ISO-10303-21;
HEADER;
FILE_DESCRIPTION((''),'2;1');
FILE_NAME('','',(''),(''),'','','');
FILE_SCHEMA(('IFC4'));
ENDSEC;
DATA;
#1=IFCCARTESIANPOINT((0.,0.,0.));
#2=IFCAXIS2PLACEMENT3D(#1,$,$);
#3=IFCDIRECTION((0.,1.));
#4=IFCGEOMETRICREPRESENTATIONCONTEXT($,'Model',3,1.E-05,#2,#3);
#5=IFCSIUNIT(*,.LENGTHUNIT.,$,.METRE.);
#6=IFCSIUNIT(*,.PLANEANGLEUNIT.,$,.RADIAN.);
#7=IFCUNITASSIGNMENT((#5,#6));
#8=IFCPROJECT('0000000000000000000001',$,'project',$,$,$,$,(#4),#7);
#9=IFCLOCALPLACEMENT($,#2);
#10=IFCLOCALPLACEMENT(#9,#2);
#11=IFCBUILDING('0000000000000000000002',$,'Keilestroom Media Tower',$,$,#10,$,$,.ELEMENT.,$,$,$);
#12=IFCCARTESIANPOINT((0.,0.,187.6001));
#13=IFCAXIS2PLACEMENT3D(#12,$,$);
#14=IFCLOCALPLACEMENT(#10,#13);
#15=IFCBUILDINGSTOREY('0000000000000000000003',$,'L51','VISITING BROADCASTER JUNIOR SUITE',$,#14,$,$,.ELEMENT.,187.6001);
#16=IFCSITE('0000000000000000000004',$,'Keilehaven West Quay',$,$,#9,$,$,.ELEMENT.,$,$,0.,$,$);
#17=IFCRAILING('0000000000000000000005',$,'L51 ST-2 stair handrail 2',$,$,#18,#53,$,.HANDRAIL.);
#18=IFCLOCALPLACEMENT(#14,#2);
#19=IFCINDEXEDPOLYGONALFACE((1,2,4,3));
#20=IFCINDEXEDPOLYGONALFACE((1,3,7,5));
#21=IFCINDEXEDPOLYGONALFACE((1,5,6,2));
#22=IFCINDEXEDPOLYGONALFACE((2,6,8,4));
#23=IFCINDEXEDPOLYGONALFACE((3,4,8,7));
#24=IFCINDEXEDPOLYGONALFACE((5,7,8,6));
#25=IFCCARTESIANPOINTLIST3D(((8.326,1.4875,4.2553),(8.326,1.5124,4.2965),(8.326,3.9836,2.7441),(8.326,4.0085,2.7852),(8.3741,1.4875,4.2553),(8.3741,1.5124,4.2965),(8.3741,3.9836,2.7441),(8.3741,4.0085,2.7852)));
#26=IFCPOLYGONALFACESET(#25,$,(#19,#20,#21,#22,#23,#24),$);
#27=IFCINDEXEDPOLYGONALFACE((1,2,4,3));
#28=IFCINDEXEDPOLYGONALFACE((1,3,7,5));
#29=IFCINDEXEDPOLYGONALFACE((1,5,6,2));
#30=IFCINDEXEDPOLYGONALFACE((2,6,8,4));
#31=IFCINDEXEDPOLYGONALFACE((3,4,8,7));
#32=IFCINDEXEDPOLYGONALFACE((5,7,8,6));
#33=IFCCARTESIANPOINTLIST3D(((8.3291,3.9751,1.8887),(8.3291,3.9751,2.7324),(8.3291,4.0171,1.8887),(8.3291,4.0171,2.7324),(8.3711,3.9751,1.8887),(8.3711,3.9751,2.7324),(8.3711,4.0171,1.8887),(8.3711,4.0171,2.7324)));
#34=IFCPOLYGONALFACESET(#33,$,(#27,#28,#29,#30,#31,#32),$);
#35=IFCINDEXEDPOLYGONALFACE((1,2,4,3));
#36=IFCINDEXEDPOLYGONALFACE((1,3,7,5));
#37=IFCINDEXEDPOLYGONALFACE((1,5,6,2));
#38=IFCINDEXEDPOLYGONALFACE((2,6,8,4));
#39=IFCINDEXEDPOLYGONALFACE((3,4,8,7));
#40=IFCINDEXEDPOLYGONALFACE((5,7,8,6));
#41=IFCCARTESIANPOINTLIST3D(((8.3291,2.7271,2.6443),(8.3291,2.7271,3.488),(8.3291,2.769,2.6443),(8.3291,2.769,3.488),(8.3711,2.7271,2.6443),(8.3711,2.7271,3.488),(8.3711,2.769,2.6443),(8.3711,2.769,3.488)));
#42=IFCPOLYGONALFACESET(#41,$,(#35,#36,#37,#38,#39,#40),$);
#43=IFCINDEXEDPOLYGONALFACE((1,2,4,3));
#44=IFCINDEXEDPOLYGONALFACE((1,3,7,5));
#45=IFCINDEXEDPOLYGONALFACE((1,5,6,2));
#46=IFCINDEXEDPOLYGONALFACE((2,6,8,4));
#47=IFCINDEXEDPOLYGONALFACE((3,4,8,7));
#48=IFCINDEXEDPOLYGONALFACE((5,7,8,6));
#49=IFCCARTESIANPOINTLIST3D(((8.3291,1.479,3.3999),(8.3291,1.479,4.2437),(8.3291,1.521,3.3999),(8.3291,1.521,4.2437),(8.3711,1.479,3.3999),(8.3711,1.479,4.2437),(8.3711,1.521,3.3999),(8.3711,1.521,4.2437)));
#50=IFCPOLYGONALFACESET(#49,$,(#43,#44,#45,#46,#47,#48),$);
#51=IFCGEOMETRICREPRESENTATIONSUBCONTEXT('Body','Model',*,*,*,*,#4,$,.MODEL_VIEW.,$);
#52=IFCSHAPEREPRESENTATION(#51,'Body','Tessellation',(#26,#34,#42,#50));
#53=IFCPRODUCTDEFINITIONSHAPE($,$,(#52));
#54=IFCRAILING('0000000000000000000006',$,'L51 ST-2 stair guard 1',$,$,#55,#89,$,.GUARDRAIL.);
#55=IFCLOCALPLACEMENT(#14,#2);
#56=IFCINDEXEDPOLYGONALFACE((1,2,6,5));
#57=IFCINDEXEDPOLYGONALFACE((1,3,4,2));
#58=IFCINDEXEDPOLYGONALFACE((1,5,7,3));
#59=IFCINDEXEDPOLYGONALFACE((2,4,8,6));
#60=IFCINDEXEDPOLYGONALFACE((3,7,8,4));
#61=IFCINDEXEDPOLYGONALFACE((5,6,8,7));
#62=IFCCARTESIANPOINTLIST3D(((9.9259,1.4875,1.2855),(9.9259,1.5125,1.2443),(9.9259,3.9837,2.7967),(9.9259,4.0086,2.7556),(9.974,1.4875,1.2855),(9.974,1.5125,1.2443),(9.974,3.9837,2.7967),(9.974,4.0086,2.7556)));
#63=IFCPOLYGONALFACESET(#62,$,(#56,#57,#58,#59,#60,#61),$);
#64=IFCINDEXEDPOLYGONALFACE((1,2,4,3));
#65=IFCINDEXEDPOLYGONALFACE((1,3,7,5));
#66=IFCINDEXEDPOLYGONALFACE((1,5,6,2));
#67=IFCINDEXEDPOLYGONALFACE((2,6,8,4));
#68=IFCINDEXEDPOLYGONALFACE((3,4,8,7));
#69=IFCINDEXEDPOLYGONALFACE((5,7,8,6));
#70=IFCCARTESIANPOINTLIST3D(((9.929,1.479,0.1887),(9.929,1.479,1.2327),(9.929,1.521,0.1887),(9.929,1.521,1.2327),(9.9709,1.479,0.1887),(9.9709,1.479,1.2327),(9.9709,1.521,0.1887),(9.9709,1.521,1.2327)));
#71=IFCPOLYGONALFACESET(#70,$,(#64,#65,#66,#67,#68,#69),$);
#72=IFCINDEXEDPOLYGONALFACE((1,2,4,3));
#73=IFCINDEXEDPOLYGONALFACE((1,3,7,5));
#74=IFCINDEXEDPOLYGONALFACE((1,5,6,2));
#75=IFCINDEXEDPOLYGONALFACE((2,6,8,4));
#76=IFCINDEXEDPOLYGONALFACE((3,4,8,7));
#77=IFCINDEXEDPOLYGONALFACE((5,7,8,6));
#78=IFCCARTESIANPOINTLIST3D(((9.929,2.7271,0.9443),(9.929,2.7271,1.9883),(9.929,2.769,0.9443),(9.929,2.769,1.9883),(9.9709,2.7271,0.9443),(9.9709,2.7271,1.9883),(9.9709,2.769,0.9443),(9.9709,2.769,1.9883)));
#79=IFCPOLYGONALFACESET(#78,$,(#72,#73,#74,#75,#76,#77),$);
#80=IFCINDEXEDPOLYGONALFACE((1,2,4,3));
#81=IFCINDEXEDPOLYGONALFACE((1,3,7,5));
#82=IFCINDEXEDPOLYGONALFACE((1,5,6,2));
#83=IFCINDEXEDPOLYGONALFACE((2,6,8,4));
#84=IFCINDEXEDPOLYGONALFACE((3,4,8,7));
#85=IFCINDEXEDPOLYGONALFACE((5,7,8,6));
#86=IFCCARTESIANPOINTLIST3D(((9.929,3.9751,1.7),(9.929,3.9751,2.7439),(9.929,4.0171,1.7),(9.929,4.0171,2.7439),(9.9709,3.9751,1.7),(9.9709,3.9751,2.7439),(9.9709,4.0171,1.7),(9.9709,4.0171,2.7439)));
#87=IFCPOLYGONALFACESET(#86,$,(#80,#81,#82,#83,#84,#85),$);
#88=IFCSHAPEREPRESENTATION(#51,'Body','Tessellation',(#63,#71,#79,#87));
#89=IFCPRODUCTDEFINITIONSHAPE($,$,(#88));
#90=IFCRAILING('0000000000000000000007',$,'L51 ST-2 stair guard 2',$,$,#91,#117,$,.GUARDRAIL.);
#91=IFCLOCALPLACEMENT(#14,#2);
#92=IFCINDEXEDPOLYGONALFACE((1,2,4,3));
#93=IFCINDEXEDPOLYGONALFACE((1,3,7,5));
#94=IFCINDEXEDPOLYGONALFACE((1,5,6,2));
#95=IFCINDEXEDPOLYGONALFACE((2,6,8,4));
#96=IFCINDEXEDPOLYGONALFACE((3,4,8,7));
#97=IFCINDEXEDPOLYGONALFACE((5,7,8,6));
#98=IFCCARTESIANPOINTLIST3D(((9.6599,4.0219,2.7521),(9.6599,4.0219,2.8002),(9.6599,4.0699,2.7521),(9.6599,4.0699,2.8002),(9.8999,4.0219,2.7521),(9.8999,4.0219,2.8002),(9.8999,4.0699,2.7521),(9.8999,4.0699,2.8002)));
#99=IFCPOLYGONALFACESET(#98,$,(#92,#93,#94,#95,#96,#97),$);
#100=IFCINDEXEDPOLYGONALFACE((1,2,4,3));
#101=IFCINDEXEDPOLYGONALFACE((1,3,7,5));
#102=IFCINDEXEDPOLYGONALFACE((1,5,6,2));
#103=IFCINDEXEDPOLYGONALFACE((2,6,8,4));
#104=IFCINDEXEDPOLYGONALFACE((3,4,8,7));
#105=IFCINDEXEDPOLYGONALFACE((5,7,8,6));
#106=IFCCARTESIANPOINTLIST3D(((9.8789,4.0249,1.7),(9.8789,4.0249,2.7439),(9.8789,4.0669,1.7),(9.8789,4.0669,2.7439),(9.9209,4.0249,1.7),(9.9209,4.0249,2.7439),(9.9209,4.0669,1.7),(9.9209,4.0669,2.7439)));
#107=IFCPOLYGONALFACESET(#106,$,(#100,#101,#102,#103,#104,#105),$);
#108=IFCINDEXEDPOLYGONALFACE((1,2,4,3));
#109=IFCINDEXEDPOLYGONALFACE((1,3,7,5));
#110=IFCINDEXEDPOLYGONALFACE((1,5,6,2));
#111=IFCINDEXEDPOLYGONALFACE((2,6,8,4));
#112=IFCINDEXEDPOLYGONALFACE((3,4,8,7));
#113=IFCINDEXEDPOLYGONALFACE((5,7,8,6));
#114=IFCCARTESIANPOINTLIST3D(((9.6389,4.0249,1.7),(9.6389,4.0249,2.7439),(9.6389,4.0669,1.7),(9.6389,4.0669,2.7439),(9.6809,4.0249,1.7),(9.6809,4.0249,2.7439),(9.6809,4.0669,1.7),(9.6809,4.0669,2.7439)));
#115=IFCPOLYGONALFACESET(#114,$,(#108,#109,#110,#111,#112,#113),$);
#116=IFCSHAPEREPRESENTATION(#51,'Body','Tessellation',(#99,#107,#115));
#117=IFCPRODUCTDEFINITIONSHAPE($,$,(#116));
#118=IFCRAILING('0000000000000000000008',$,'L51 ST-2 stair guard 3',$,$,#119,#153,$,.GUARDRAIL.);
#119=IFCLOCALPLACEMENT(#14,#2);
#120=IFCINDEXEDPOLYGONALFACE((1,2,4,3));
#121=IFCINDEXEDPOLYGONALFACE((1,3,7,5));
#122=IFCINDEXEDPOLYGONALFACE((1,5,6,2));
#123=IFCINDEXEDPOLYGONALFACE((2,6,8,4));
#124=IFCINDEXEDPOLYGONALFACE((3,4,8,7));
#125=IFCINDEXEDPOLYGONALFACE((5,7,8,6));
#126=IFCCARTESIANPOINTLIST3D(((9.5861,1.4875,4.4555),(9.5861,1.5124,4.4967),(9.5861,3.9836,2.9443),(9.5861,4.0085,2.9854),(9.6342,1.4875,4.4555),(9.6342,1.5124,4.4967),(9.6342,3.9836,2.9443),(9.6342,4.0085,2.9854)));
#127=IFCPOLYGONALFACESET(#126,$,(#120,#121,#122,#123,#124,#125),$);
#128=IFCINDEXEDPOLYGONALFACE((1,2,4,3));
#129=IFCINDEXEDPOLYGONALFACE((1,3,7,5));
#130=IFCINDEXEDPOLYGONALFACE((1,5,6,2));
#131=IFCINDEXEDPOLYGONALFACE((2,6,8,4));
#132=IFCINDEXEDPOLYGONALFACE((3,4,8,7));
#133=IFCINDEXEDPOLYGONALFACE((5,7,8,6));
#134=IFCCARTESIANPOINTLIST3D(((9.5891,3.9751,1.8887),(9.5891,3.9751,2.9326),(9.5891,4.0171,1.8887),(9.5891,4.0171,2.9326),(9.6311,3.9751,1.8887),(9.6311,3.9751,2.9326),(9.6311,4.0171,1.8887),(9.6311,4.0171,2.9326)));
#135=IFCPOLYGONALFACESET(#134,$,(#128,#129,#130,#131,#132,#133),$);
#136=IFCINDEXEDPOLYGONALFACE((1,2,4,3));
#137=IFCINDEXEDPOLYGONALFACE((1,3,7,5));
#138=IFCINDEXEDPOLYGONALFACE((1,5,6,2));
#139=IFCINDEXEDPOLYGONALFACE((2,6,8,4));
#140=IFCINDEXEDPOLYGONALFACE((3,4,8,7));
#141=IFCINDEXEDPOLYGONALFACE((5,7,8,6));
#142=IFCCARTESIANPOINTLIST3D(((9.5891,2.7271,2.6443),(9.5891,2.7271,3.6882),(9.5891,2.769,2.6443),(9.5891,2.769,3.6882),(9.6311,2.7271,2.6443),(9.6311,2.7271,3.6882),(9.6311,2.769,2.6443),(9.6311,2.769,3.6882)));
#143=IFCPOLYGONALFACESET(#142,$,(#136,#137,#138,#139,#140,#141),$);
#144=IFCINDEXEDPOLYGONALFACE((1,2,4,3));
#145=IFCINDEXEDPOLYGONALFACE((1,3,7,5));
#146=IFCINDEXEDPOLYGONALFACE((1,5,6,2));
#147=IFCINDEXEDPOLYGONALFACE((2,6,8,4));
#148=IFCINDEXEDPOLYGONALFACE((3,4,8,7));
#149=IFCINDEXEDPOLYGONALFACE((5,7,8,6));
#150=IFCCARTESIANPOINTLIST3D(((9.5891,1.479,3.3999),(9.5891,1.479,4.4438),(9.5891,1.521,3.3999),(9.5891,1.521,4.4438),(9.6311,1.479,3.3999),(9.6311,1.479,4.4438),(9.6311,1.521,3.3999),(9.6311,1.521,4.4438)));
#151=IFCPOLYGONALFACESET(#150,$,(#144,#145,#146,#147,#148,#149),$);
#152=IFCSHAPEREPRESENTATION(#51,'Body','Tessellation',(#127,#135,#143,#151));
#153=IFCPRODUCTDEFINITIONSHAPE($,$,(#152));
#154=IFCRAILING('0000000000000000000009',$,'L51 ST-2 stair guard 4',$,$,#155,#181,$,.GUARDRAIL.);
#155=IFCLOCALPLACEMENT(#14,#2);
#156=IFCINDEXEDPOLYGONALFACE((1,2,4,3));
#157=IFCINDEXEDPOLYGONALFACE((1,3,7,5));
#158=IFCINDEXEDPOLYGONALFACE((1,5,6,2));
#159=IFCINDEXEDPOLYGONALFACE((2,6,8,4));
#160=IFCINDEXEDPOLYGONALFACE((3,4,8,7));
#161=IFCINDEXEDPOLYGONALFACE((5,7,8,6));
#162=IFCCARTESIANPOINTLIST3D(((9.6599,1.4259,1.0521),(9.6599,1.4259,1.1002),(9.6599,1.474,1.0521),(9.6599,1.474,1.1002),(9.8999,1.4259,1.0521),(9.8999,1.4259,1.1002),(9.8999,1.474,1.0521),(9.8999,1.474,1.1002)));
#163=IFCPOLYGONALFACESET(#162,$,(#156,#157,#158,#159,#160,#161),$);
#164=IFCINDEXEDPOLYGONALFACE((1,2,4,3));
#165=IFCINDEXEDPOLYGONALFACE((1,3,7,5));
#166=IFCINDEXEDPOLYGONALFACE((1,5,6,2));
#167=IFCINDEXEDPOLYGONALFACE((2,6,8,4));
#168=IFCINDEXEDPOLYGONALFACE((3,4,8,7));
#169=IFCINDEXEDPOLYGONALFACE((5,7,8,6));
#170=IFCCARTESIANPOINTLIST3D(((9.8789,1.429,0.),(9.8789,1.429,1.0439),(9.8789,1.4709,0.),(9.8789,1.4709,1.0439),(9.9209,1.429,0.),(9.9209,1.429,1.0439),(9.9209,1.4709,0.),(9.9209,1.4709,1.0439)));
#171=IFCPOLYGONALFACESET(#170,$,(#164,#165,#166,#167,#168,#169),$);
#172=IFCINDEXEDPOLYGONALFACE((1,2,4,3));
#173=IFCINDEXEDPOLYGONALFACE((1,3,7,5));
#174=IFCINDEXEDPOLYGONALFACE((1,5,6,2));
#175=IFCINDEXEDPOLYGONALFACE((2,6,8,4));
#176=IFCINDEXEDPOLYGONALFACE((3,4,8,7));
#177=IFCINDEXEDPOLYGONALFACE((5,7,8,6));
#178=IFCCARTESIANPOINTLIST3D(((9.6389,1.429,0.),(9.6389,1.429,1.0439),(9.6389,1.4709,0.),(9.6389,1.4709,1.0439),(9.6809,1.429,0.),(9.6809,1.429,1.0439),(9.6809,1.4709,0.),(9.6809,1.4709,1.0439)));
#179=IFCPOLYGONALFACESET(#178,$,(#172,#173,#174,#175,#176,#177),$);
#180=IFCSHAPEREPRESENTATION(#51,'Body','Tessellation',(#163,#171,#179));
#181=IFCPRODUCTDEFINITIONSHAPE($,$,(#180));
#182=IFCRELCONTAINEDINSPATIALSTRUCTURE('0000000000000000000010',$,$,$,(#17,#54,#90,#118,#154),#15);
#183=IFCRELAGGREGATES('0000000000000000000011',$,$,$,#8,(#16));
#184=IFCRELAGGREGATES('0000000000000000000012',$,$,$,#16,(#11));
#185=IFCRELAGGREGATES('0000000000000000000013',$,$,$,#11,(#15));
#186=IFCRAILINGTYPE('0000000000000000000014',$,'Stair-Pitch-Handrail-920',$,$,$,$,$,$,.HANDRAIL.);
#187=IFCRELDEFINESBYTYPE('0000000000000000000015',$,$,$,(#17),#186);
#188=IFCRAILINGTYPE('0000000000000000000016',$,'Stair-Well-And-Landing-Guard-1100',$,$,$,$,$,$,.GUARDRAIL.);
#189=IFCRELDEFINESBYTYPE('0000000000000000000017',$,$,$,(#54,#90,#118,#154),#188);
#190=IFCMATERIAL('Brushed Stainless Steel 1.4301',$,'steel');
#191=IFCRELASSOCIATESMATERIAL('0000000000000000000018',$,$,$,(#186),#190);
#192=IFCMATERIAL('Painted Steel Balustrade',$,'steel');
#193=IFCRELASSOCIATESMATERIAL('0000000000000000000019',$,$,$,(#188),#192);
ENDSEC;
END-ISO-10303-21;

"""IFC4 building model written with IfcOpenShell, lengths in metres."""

from ifc_helpers import new_model, si_unit, direction, frame, origin, origin_2d, place, context, subcontext, project, spatial, rectangle, extrude, material, type_object, element, save


model = new_model("IFC4")

# Units and contexts
model_context = context("Model", 3, precision=1e-05, world=origin(), true_north=direction((0.0, 1.0)))
body_context = subcontext(model_context, "Body", "Model", "MODEL_VIEW")
ifc_project = project(units=[si_unit("LENGTHUNIT", "METRE"), si_unit("PLANEANGLEUNIT", "RADIAN")], contexts=[model_context])

# Site, building, storey
site_placement = place(None, origin())
site = spatial("IfcSite", under=ifc_project, at=site_placement, Name="Keilehaven West Quay", CompositionType="ELEMENT", RefElevation=0.0)
building_placement = place(site_placement, origin())
building = spatial("IfcBuilding", under=site, at=building_placement, Name="Keilestroom Media Tower", CompositionType="ELEMENT")
storey_placement = place(building_placement, frame((0.0, 0.0, 187.6001)))
storey = spatial("IfcBuildingStorey", under=building, at=storey_placement, Name="L51", Description="VISITING BROADCASTER JUNIOR SUITE", CompositionType="ELEMENT", Elevation=187.6001)

# Railings
ifc_material_1 = material(Name="Brushed Stainless Steel 1.4301", Category="steel")
railing_type_1 = type_object("IfcRailingType", Name="Stair-Pitch-Handrail-920", PredefinedType="HANDRAIL", material=ifc_material_1)
railing_1_placement = place(storey_placement, frame((8.3501, 3.9961, 1.8887)))
element("IfcRailing", 1, at=railing_1_placement, inside=storey, type_object=railing_type_1, Name="L51 ST-2 stair handrail 2", PredefinedType="HANDRAIL", context=body_context, shape_type="SweptSolid", body=[
    extrude(rectangle(XDim=0.0481, YDim=0.0481, at=origin_2d()), frame((0.0, 0.0, 0.876), z_axis=(0.0, -0.855434, 0.517912), x_axis=(1.0, 0.0, 0.0)), (0.0, 0.0, 1.0), 2.918),
    extrude(rectangle(XDim=0.042, YDim=0.042, at=origin_2d()), origin(), (0.0, 0.0, 1.0), 0.8438),
    extrude(rectangle(XDim=0.042, YDim=0.042, at=origin_2d()), frame((0.0, -1.248, 0.7556)), (0.0, 0.0, 1.0), 0.8438),
    extrude(rectangle(XDim=0.042, YDim=0.042, at=origin_2d()), frame((0.0, -2.4961, 1.5112)), (0.0, 0.0, 1.0), 0.8438),
])
ifc_material_2 = material(Name="Painted Steel Balustrade", Category="steel")
railing_type_2 = type_object("IfcRailingType", Name="Stair-Well-And-Landing-Guard-1100", PredefinedType="GUARDRAIL", material=ifc_material_2)
railing_2_placement = place(storey_placement, frame((9.95, 1.5, 0.1887)))
element("IfcRailing", 2, at=railing_2_placement, inside=storey, type_object=railing_type_2, Name="L51 ST-2 stair guard 1", PredefinedType="GUARDRAIL", context=body_context, shape_type="SweptSolid", body=[
    extrude(rectangle(XDim=0.0481, YDim=0.0481, at=origin_2d()), frame((0.0, 0.0, 1.0762), z_axis=(0.0, 0.855434, 0.517912), x_axis=(-1.0, 0.0, 0.0)), (0.0, 0.0, 1.0), 2.918),
    extrude(rectangle(XDim=0.042, YDim=0.042, at=origin_2d()), origin(), (0.0, 0.0, 1.0), 1.0439),
    extrude(rectangle(XDim=0.042, YDim=0.042, at=origin_2d()), frame((0.0, 1.248, 0.7556)), (0.0, 0.0, 1.0), 1.0439),
    extrude(rectangle(XDim=0.042, YDim=0.042, at=origin_2d()), frame((0.0, 2.4961, 1.5112)), (0.0, 0.0, 1.0), 1.0439),
])
railing_3_placement = place(storey_placement, frame((9.8999, 4.0459, 1.7)))
element("IfcRailing", 3, at=railing_3_placement, inside=storey, type_object=railing_type_2, Name="L51 ST-2 stair guard 2", PredefinedType="GUARDRAIL", context=body_context, shape_type="SweptSolid", body=[
    extrude(rectangle(XDim=0.0481, YDim=0.0481, at=origin_2d()), frame((0.0, 0.0, 1.0762), z_axis=(-1.0, 0.0, 0.0), x_axis=(0.0, -1.0, 0.0)), (0.0, 0.0, 1.0), 0.24),
    extrude(rectangle(XDim=0.042, YDim=0.042, at=origin_2d()), origin(), (0.0, 0.0, 1.0), 1.0439),
    extrude(rectangle(XDim=0.042, YDim=0.042, at=origin_2d()), frame((-0.24, 0.0, 0.0)), (0.0, 0.0, 1.0), 1.0439),
])
railing_4_placement = place(storey_placement, frame((9.6101, 3.9961, 1.8887)))
element("IfcRailing", 4, at=railing_4_placement, inside=storey, type_object=railing_type_2, Name="L51 ST-2 stair guard 3", PredefinedType="GUARDRAIL", context=body_context, shape_type="SweptSolid", body=[
    extrude(rectangle(XDim=0.0481, YDim=0.0481, at=origin_2d()), frame((0.0, 0.0, 1.0762), z_axis=(0.0, -0.855434, 0.517912), x_axis=(1.0, 0.0, 0.0)), (0.0, 0.0, 1.0), 2.918),
    extrude(rectangle(XDim=0.042, YDim=0.042, at=origin_2d()), origin(), (0.0, 0.0, 1.0), 1.0439),
    extrude(rectangle(XDim=0.042, YDim=0.042, at=origin_2d()), frame((0.0, -1.248, 0.7556)), (0.0, 0.0, 1.0), 1.0439),
    extrude(rectangle(XDim=0.042, YDim=0.042, at=origin_2d()), frame((0.0, -2.4961, 1.5112)), (0.0, 0.0, 1.0), 1.0439),
])
railing_5_placement = place(storey_placement, frame((9.8999, 1.45, 0.0)))
element("IfcRailing", 5, at=railing_5_placement, inside=storey, type_object=railing_type_2, Name="L51 ST-2 stair guard 4", PredefinedType="GUARDRAIL", context=body_context, shape_type="SweptSolid", body=[
    extrude(rectangle(XDim=0.0481, YDim=0.0481, at=origin_2d()), frame((0.0, 0.0, 1.0762), z_axis=(-1.0, 0.0, 0.0), x_axis=(0.0, -1.0, 0.0)), (0.0, 0.0, 1.0), 0.24),
    extrude(rectangle(XDim=0.042, YDim=0.042, at=origin_2d()), origin(), (0.0, 0.0, 1.0), 1.0439),
    extrude(rectangle(XDim=0.042, YDim=0.042, at=origin_2d()), frame((-0.24, 0.0, 0.0)), (0.0, 0.0, 1.0), 1.0439),
])

save(model, "model.ifc")
